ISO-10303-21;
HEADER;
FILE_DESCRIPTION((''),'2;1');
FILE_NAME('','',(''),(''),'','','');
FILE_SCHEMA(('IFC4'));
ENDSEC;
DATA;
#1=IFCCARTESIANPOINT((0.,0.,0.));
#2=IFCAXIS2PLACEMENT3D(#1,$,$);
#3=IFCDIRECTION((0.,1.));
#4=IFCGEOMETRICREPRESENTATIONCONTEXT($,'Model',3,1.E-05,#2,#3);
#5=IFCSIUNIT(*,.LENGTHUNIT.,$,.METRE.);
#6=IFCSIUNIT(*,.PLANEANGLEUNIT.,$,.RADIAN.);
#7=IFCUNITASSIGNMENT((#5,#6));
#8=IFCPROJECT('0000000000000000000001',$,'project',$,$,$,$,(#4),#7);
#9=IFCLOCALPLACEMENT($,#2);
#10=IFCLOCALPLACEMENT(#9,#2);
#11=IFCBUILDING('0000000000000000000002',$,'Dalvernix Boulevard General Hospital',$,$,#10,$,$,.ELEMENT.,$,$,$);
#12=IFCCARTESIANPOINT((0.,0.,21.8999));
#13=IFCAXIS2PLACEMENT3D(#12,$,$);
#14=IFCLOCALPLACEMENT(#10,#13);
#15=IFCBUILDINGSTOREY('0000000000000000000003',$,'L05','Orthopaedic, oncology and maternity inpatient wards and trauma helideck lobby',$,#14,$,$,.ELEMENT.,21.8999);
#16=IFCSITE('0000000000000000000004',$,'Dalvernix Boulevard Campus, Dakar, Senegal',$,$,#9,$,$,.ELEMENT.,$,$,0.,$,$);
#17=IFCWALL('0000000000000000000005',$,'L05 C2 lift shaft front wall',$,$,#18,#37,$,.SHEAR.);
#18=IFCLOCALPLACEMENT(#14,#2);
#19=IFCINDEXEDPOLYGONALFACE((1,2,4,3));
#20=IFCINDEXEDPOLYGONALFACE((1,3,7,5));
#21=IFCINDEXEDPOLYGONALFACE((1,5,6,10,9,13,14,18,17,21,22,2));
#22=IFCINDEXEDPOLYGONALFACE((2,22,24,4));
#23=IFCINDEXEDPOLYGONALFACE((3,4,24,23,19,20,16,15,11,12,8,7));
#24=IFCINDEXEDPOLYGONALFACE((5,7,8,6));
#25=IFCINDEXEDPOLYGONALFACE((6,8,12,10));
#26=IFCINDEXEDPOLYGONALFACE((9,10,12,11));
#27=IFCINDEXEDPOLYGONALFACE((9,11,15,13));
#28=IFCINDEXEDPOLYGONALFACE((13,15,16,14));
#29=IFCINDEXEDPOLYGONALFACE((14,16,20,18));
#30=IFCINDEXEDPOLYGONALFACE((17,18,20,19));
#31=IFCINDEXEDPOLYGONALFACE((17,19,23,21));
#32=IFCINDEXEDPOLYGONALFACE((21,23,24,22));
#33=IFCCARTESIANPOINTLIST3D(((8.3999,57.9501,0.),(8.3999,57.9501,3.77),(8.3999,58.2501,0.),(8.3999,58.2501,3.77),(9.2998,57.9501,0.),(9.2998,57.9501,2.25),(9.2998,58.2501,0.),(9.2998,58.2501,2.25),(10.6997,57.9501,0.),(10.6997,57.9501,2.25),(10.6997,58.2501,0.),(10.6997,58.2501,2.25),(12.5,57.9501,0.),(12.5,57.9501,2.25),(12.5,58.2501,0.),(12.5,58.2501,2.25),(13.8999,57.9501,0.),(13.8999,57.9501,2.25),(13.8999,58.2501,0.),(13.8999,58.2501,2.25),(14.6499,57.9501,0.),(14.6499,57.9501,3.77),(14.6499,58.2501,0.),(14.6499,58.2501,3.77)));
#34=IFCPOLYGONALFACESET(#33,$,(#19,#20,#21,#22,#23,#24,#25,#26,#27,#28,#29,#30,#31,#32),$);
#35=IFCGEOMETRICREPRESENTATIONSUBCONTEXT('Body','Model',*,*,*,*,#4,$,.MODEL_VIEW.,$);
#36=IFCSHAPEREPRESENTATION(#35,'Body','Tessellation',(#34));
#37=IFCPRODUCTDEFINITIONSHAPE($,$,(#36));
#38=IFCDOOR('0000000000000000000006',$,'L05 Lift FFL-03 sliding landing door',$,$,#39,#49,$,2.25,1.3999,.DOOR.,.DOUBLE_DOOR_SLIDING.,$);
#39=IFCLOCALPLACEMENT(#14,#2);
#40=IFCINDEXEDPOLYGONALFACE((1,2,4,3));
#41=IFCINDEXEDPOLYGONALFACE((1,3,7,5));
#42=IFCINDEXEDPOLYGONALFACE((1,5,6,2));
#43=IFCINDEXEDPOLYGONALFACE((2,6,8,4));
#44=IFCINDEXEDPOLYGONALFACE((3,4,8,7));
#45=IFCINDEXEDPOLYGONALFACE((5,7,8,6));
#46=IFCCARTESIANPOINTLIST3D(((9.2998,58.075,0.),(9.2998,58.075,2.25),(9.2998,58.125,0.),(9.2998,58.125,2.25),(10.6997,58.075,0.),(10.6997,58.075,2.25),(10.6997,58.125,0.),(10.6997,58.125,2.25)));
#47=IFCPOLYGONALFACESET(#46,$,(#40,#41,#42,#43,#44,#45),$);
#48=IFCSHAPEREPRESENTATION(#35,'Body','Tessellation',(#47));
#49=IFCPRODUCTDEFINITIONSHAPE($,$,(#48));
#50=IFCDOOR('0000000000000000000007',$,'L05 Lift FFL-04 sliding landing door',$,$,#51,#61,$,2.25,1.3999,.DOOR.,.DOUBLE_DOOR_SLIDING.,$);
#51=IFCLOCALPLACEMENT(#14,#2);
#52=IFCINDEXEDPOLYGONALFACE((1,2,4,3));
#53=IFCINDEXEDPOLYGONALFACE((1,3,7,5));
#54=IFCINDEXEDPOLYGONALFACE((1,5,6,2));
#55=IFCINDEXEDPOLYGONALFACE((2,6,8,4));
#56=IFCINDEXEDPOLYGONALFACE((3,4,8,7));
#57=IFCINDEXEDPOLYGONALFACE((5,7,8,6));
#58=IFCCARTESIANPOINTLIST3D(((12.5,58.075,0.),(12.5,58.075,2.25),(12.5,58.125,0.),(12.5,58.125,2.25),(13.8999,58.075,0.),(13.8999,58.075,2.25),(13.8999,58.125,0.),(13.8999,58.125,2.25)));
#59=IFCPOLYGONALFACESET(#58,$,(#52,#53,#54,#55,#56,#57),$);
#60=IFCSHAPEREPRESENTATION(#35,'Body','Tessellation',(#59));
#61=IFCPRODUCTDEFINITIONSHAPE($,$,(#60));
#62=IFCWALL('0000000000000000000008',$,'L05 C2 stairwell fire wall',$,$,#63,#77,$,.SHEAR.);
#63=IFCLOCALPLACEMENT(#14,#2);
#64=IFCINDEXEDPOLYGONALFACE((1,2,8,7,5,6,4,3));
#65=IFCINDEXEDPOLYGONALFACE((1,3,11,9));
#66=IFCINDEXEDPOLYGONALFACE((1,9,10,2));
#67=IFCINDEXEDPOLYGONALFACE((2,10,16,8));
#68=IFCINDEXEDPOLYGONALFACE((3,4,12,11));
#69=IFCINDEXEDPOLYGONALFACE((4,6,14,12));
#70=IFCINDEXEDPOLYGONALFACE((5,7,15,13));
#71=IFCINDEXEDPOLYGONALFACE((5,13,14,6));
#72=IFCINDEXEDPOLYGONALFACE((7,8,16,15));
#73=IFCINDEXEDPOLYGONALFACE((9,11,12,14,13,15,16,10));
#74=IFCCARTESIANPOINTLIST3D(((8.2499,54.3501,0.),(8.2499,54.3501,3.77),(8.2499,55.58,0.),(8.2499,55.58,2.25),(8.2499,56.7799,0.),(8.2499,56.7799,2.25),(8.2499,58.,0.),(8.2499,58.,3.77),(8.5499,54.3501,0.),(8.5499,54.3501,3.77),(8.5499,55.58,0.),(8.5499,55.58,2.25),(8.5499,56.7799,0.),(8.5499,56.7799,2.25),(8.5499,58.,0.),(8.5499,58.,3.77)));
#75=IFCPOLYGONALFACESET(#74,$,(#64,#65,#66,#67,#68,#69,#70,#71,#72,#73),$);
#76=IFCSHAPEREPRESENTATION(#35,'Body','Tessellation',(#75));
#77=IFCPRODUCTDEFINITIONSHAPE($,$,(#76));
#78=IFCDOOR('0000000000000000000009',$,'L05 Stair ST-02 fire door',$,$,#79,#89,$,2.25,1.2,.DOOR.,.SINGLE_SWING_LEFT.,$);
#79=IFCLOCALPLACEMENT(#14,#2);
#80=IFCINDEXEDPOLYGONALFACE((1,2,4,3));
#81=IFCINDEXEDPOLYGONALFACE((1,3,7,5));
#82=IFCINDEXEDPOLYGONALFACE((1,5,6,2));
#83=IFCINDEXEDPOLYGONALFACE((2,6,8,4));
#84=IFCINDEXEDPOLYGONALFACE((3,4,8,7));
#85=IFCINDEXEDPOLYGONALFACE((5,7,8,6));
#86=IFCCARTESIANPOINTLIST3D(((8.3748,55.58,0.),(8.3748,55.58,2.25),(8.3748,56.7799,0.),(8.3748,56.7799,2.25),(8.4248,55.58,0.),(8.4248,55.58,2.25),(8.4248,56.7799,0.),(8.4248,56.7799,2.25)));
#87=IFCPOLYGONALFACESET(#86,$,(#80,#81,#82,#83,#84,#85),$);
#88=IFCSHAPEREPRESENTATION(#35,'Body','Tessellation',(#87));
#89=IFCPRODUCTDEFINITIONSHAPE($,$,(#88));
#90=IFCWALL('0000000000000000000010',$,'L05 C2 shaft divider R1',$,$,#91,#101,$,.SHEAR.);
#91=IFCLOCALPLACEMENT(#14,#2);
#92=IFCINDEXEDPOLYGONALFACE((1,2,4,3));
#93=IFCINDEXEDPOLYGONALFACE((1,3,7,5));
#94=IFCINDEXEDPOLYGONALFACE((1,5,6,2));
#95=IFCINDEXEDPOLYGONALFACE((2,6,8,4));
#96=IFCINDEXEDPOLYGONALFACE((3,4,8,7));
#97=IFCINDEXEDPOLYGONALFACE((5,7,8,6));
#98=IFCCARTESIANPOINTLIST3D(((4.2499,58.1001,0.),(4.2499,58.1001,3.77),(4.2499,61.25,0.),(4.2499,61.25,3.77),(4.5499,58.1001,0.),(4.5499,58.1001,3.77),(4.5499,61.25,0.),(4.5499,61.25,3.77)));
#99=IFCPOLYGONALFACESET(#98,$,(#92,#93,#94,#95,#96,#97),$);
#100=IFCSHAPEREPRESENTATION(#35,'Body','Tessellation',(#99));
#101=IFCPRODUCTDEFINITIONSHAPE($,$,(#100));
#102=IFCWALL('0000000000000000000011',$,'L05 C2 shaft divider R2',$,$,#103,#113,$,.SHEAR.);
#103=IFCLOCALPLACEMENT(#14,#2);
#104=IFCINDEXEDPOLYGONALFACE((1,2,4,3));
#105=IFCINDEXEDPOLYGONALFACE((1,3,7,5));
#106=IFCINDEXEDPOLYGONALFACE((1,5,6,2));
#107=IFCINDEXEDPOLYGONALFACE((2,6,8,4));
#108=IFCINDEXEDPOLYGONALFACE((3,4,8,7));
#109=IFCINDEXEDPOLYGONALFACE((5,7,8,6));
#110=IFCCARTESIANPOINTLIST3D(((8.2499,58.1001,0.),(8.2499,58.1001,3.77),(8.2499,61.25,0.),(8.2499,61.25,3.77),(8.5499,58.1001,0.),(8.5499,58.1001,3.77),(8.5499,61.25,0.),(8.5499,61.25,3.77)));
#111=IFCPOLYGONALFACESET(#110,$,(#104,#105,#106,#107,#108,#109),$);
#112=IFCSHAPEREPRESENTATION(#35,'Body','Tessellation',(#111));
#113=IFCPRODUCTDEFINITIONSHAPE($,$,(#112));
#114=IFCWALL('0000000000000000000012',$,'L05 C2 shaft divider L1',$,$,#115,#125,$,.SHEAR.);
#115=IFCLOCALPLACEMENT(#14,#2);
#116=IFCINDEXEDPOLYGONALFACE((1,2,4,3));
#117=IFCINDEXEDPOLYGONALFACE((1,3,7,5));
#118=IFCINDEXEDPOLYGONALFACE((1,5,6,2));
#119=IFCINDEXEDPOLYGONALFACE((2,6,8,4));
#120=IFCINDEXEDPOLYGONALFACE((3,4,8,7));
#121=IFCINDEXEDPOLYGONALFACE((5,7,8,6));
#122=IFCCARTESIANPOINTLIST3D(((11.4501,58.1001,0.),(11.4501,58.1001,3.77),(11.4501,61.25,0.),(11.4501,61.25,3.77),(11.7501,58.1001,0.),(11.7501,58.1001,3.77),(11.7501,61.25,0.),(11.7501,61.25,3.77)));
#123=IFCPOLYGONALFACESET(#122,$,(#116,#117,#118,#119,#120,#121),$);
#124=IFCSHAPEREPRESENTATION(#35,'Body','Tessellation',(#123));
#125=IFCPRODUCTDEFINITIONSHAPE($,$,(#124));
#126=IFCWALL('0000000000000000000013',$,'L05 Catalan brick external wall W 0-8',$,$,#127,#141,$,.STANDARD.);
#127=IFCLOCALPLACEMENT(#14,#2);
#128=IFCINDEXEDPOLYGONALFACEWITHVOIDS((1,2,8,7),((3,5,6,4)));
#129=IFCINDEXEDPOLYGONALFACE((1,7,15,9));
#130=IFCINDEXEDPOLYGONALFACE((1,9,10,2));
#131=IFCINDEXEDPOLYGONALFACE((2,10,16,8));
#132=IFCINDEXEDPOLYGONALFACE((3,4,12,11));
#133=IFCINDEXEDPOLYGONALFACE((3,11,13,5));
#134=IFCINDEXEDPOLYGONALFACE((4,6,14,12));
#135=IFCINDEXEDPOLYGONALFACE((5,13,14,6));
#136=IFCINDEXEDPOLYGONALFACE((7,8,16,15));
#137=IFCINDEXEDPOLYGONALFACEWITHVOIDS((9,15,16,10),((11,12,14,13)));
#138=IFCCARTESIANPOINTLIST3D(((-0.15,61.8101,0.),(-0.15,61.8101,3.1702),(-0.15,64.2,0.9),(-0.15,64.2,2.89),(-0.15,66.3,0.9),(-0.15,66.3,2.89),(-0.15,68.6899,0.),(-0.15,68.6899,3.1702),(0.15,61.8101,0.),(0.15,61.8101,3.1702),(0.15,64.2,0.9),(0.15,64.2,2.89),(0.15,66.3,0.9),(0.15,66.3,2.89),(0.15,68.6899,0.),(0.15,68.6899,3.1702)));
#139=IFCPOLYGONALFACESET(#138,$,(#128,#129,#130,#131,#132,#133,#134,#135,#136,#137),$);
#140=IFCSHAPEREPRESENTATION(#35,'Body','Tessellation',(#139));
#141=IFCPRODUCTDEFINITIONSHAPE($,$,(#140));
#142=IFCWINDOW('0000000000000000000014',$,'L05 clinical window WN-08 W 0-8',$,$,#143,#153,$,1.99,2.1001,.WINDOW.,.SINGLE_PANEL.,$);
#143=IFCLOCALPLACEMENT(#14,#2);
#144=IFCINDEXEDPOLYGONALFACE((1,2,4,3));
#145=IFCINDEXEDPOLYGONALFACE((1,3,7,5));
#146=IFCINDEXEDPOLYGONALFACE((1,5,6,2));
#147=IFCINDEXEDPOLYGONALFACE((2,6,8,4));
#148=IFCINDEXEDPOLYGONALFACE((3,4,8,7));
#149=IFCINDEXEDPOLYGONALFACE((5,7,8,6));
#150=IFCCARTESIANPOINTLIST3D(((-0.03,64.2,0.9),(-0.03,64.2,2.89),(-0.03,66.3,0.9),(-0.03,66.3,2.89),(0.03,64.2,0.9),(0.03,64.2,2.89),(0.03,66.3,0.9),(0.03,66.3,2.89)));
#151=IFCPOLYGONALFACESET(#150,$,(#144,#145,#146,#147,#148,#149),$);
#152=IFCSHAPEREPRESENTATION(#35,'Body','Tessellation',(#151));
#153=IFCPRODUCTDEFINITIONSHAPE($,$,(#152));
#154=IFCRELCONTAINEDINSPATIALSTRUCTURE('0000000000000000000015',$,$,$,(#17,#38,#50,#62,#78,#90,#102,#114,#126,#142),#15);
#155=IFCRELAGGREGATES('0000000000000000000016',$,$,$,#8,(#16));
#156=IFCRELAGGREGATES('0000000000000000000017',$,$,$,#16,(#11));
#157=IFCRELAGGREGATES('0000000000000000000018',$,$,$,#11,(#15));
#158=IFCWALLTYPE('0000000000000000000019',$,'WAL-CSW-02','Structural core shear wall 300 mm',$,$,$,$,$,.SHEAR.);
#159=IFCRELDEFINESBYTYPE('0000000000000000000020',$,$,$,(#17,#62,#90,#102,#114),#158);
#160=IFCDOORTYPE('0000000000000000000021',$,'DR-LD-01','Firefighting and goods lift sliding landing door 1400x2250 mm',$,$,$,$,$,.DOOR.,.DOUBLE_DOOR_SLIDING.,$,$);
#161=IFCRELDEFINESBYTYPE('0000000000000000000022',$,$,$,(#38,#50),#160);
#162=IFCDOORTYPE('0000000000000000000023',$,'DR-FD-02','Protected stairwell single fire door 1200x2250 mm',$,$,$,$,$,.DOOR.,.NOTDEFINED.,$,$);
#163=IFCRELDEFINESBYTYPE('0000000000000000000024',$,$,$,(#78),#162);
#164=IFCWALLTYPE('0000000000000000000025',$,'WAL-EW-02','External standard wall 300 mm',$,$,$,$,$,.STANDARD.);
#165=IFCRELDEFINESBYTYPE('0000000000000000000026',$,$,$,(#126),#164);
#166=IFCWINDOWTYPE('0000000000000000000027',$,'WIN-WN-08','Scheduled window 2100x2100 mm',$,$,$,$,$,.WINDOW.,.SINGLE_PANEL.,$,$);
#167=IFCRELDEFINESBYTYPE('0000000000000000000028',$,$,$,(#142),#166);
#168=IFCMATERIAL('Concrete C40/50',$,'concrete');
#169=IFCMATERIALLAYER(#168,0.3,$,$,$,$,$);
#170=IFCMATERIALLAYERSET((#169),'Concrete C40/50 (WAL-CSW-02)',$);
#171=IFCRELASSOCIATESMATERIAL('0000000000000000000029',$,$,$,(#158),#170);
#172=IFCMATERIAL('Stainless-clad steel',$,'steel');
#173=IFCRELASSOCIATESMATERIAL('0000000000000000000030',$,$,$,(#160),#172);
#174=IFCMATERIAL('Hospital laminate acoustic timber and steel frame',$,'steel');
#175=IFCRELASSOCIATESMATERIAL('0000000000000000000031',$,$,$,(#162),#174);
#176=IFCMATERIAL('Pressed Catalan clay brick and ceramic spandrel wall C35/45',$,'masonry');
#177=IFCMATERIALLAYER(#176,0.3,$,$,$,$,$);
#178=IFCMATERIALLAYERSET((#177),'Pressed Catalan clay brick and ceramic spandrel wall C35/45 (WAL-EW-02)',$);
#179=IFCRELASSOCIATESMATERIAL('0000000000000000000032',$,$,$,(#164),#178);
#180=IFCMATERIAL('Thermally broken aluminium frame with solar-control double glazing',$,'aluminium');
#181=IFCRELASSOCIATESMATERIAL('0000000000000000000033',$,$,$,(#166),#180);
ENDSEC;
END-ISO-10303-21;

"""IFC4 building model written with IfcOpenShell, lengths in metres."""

from ifc_helpers import new_model, si_unit, direction, frame, frame_2d, origin, place, context, subcontext, project, spatial, rectangle, extrude, material, layer, layer_set, type_object, element, fill, save


model = new_model("IFC4")

# Units and contexts
model_context = context("Model", 3, precision=1e-05, world=origin(), true_north=direction((0.0, 1.0)))
body_context = subcontext(model_context, "Body", "Model", "MODEL_VIEW")
ifc_project = project(units=[si_unit("LENGTHUNIT", "METRE"), si_unit("PLANEANGLEUNIT", "RADIAN")], contexts=[model_context])

# Site, building, storey
site_placement = place(None, origin())
site = spatial("IfcSite", under=ifc_project, at=site_placement, Name="Dalvernix Boulevard Campus, Dakar, Senegal", CompositionType="ELEMENT", RefElevation=0.0)
building_placement = place(site_placement, origin())
building = spatial("IfcBuilding", under=site, at=building_placement, Name="Dalvernix Boulevard General Hospital", CompositionType="ELEMENT")
storey_placement = place(building_placement, frame((0.0, 0.0, 21.8999)))
storey = spatial("IfcBuildingStorey", under=building, at=storey_placement, Name="L05", Description="Orthopaedic, oncology and maternity inpatient wards and trauma helideck lobby", CompositionType="ELEMENT", Elevation=21.8999)

# Shared definitions
ifc_material_1 = material(Name="Concrete C40/50", Category="concrete")

# Shared definitions
ifc_layer_1 = layer(ifc_material_1, 0.3)
ifc_layer_set_1 = layer_set([ifc_layer_1], Name="Concrete C40/50 (WAL-CSW-02)")
wall_type_1 = type_object("IfcWallType", Name="WAL-CSW-02", Description="Structural core shear wall 300 mm", PredefinedType="SHEAR", material=ifc_layer_set_1)

# Wall, openings, doors
wall_1_placement = place(storey_placement, frame((8.3999, 58.1001, 0.0), z_axis=(0.0, 0.0, 1.0), x_axis=(1.0, 0.0, 0.0)))
wall_1 = element("IfcWall", 1, at=wall_1_placement, inside=storey, type_object=wall_type_1, Name="L05 C2 lift shaft front wall", PredefinedType="SHEAR", context=body_context, shape_type="SweptSolid", body=[
    extrude(rectangle(XDim=6.25, YDim=0.3, at=frame_2d((3.125, 0.0))), origin(), (0.0, 0.0, 1.0), 3.77),
])
opening_1_placement = place(wall_1_placement, frame((0.8999, 0.0, 0.0)))
opening_1 = element("IfcOpeningElement", 2, at=opening_1_placement, cuts=wall_1, PredefinedType="OPENING", context=body_context, shape_type="SweptSolid", body=[
    extrude(rectangle(XDim=1.3999, YDim=2.25, at=frame_2d((0.7, 1.125))), frame((0.0, 0.1599, 0.0), z_axis=(0.0, -1.0, 0.0), x_axis=(1.0, 0.0, 0.0)), (0.0, 0.0, 1.0), 0.3201),
])
opening_2_placement = place(wall_1_placement, frame((4.1001, 0.0, 0.0)))
opening_2 = element("IfcOpeningElement", 3, at=opening_2_placement, cuts=wall_1, PredefinedType="OPENING", context=body_context, shape_type="SweptSolid", body=[
    extrude(rectangle(XDim=1.3999, YDim=2.25, at=frame_2d((0.7, 1.125))), frame((0.0, 0.1599, 0.0), z_axis=(0.0, -1.0, 0.0), x_axis=(1.0, 0.0, 0.0)), (0.0, 0.0, 1.0), 0.3201),
])
ifc_material_2 = material(Name="Stainless-clad steel", Category="steel")
door_type_1 = type_object("IfcDoorType", Name="DR-LD-01", Description="Firefighting and goods lift sliding landing door 1400x2250 mm", OperationType="DOUBLE_DOOR_SLIDING", PredefinedType="DOOR", material=ifc_material_2)
door_1_placement = place(opening_1_placement, origin())
door_1 = element("IfcDoor", 4, at=door_1_placement, inside=storey, type_object=door_type_1, Name="L05 Lift FFL-03 sliding landing door", OperationType="DOUBLE_DOOR_SLIDING", OverallHeight=2.25, OverallWidth=1.3999, PredefinedType="DOOR", context=body_context, shape_type="SweptSolid", body=[
    extrude(rectangle(XDim=1.3999, YDim=2.25, at=frame_2d((0.7, 1.125))), frame((0.0, 0.0249, 0.0), z_axis=(0.0, -1.0, 0.0), x_axis=(1.0, 0.0, 0.0)), (0.0, 0.0, 1.0), 0.05),
])
fill(opening_1, door_1)
door_2_placement = place(opening_2_placement, origin())
door_2 = element("IfcDoor", 5, at=door_2_placement, inside=storey, type_object=door_type_1, Name="L05 Lift FFL-04 sliding landing door", OperationType="DOUBLE_DOOR_SLIDING", OverallHeight=2.25, OverallWidth=1.3999, PredefinedType="DOOR", context=body_context, shape_type="SweptSolid", body=[
    extrude(rectangle(XDim=1.3999, YDim=2.25, at=frame_2d((0.7, 1.125))), frame((0.0, 0.0249, 0.0), z_axis=(0.0, -1.0, 0.0), x_axis=(1.0, 0.0, 0.0)), (0.0, 0.0, 1.0), 0.05),
])
fill(opening_2, door_2)

# Wall, opening, door
wall_2_placement = place(storey_placement, frame((8.3999, 58.0, 0.0), z_axis=(0.0, 0.0, 1.0), x_axis=(0.0, -1.0, 0.0)))
wall_2 = element("IfcWall", 6, at=wall_2_placement, inside=storey, type_object=wall_type_1, Name="L05 C2 stairwell fire wall", PredefinedType="SHEAR", context=body_context, shape_type="SweptSolid", body=[
    extrude(rectangle(XDim=3.6499, YDim=0.3, at=frame_2d((1.825, 0.0))), origin(), (0.0, 0.0, 1.0), 3.77),
])
opening_3_placement = place(wall_2_placement, frame((1.22, 0.0, 0.0)))
opening_3 = element("IfcOpeningElement", 7, at=opening_3_placement, cuts=wall_2, PredefinedType="OPENING", context=body_context, shape_type="SweptSolid", body=[
    extrude(rectangle(XDim=1.2, YDim=2.25, at=frame_2d((0.6001, 1.125))), frame((0.0, 0.1599, 0.0), z_axis=(0.0, -1.0, 0.0), x_axis=(1.0, 0.0, 0.0)), (0.0, 0.0, 1.0), 0.3201),
])
ifc_material_3 = material(Name="Hospital laminate acoustic timber and steel frame", Category="steel")
door_type_2 = type_object("IfcDoorType", Name="DR-FD-02", Description="Protected stairwell single fire door 1200x2250 mm", OperationType="NOTDEFINED", PredefinedType="DOOR", material=ifc_material_3)
door_3_placement = place(opening_3_placement, origin())
door_3 = element("IfcDoor", 8, at=door_3_placement, inside=storey, type_object=door_type_2, Name="L05 Stair ST-02 fire door", OperationType="SINGLE_SWING_LEFT", OverallHeight=2.25, OverallWidth=1.2, PredefinedType="DOOR", context=body_context, shape_type="SweptSolid", body=[
    extrude(rectangle(XDim=1.2, YDim=2.25, at=frame_2d((0.6001, 1.125))), frame((0.0, 0.0249, 0.0), z_axis=(0.0, -1.0, 0.0), x_axis=(1.0, 0.0, 0.0)), (0.0, 0.0, 1.0), 0.05),
])
fill(opening_3, door_3)

# Walls
for number, where, z_axis, x_axis, name in (
    (9, (4.3999, 58.1001, 0.0), (0.0, 0.0, 1.0), (0.0, 1.0, 0.0), "L05 C2 shaft divider R1"),
    (10, (8.3999, 58.1001, 0.0), (0.0, 0.0, 1.0), (0.0, 1.0, 0.0), "L05 C2 shaft divider R2"),
    (11, (11.6001, 58.1001, 0.0), (0.0, 0.0, 1.0), (0.0, 1.0, 0.0), "L05 C2 shaft divider L1"),
):
    element("IfcWall", number, at=place(storey_placement, frame(where, z_axis=z_axis, x_axis=x_axis)), inside=storey, type_object=wall_type_1, Name=name, PredefinedType="SHEAR", context=body_context, shape_type="SweptSolid", body=[
        extrude(rectangle(XDim=3.1499, YDim=0.3, at=frame_2d((1.575, 0.0))), origin(), (0.0, 0.0, 1.0), 3.77),
    ])

# Wall, opening, window
ifc_material_4 = material(Name="Pressed Catalan clay brick and ceramic spandrel wall C35/45", Category="masonry")
ifc_layer_2 = layer(ifc_material_4, 0.3)
ifc_layer_set_2 = layer_set([ifc_layer_2], Name="Pressed Catalan clay brick and ceramic spandrel wall C35/45 (WAL-EW-02)")
wall_type_2 = type_object("IfcWallType", Name="WAL-EW-02", Description="External standard wall 300 mm", PredefinedType="STANDARD", material=ifc_layer_set_2)
wall_3_placement = place(storey_placement, frame((0.0, 61.8101, 0.0), z_axis=(0.0, 0.0, 1.0), x_axis=(0.0, 1.0, 0.0)))
wall_3 = element("IfcWall", 12, at=wall_3_placement, inside=storey, type_object=wall_type_2, Name="L05 Catalan brick external wall W 0-8", PredefinedType="STANDARD", context=body_context, shape_type="SweptSolid", body=[
    extrude(rectangle(XDim=6.8799, YDim=0.3, at=frame_2d((3.4399, 0.0))), origin(), (0.0, 0.0, 1.0), 3.1702),
])
opening_4_placement = place(wall_3_placement, frame((2.3899, 0.0, 0.8999)))
opening_4 = element("IfcOpeningElement", 13, at=opening_4_placement, cuts=wall_3, PredefinedType="OPENING", context=body_context, shape_type="SweptSolid", body=[
    extrude(rectangle(XDim=2.1001, YDim=1.99, at=frame_2d((1.05, 0.9951))), frame((0.0, 0.1599, 0.0), z_axis=(0.0, -1.0, 0.0), x_axis=(1.0, 0.0, 0.0)), (0.0, 0.0, 1.0), 0.3201),
])
ifc_material_5 = material(Name="Thermally broken aluminium frame with solar-control double glazing", Category="aluminium")
window_type = type_object("IfcWindowType", Name="WIN-WN-08", Description="Scheduled window 2100x2100 mm", PartitioningType="SINGLE_PANEL", PredefinedType="WINDOW", material=ifc_material_5)
window_placement = place(opening_4_placement, origin())
window = element("IfcWindow", 14, at=window_placement, inside=storey, type_object=window_type, Name="L05 clinical window WN-08 W 0-8", OverallHeight=1.99, OverallWidth=2.1001, PartitioningType="SINGLE_PANEL", PredefinedType="WINDOW", context=body_context, shape_type="SweptSolid", body=[
    extrude(rectangle(XDim=2.1001, YDim=1.99, at=frame_2d((1.05, 0.9951))), frame((0.0, 0.03, 0.0), z_axis=(0.0, -1.0, 0.0), x_axis=(1.0, 0.0, 0.0)), (0.0, 0.0, 1.0), 0.0601),
])
fill(opening_4, window)

save(model, "model.ifc")
